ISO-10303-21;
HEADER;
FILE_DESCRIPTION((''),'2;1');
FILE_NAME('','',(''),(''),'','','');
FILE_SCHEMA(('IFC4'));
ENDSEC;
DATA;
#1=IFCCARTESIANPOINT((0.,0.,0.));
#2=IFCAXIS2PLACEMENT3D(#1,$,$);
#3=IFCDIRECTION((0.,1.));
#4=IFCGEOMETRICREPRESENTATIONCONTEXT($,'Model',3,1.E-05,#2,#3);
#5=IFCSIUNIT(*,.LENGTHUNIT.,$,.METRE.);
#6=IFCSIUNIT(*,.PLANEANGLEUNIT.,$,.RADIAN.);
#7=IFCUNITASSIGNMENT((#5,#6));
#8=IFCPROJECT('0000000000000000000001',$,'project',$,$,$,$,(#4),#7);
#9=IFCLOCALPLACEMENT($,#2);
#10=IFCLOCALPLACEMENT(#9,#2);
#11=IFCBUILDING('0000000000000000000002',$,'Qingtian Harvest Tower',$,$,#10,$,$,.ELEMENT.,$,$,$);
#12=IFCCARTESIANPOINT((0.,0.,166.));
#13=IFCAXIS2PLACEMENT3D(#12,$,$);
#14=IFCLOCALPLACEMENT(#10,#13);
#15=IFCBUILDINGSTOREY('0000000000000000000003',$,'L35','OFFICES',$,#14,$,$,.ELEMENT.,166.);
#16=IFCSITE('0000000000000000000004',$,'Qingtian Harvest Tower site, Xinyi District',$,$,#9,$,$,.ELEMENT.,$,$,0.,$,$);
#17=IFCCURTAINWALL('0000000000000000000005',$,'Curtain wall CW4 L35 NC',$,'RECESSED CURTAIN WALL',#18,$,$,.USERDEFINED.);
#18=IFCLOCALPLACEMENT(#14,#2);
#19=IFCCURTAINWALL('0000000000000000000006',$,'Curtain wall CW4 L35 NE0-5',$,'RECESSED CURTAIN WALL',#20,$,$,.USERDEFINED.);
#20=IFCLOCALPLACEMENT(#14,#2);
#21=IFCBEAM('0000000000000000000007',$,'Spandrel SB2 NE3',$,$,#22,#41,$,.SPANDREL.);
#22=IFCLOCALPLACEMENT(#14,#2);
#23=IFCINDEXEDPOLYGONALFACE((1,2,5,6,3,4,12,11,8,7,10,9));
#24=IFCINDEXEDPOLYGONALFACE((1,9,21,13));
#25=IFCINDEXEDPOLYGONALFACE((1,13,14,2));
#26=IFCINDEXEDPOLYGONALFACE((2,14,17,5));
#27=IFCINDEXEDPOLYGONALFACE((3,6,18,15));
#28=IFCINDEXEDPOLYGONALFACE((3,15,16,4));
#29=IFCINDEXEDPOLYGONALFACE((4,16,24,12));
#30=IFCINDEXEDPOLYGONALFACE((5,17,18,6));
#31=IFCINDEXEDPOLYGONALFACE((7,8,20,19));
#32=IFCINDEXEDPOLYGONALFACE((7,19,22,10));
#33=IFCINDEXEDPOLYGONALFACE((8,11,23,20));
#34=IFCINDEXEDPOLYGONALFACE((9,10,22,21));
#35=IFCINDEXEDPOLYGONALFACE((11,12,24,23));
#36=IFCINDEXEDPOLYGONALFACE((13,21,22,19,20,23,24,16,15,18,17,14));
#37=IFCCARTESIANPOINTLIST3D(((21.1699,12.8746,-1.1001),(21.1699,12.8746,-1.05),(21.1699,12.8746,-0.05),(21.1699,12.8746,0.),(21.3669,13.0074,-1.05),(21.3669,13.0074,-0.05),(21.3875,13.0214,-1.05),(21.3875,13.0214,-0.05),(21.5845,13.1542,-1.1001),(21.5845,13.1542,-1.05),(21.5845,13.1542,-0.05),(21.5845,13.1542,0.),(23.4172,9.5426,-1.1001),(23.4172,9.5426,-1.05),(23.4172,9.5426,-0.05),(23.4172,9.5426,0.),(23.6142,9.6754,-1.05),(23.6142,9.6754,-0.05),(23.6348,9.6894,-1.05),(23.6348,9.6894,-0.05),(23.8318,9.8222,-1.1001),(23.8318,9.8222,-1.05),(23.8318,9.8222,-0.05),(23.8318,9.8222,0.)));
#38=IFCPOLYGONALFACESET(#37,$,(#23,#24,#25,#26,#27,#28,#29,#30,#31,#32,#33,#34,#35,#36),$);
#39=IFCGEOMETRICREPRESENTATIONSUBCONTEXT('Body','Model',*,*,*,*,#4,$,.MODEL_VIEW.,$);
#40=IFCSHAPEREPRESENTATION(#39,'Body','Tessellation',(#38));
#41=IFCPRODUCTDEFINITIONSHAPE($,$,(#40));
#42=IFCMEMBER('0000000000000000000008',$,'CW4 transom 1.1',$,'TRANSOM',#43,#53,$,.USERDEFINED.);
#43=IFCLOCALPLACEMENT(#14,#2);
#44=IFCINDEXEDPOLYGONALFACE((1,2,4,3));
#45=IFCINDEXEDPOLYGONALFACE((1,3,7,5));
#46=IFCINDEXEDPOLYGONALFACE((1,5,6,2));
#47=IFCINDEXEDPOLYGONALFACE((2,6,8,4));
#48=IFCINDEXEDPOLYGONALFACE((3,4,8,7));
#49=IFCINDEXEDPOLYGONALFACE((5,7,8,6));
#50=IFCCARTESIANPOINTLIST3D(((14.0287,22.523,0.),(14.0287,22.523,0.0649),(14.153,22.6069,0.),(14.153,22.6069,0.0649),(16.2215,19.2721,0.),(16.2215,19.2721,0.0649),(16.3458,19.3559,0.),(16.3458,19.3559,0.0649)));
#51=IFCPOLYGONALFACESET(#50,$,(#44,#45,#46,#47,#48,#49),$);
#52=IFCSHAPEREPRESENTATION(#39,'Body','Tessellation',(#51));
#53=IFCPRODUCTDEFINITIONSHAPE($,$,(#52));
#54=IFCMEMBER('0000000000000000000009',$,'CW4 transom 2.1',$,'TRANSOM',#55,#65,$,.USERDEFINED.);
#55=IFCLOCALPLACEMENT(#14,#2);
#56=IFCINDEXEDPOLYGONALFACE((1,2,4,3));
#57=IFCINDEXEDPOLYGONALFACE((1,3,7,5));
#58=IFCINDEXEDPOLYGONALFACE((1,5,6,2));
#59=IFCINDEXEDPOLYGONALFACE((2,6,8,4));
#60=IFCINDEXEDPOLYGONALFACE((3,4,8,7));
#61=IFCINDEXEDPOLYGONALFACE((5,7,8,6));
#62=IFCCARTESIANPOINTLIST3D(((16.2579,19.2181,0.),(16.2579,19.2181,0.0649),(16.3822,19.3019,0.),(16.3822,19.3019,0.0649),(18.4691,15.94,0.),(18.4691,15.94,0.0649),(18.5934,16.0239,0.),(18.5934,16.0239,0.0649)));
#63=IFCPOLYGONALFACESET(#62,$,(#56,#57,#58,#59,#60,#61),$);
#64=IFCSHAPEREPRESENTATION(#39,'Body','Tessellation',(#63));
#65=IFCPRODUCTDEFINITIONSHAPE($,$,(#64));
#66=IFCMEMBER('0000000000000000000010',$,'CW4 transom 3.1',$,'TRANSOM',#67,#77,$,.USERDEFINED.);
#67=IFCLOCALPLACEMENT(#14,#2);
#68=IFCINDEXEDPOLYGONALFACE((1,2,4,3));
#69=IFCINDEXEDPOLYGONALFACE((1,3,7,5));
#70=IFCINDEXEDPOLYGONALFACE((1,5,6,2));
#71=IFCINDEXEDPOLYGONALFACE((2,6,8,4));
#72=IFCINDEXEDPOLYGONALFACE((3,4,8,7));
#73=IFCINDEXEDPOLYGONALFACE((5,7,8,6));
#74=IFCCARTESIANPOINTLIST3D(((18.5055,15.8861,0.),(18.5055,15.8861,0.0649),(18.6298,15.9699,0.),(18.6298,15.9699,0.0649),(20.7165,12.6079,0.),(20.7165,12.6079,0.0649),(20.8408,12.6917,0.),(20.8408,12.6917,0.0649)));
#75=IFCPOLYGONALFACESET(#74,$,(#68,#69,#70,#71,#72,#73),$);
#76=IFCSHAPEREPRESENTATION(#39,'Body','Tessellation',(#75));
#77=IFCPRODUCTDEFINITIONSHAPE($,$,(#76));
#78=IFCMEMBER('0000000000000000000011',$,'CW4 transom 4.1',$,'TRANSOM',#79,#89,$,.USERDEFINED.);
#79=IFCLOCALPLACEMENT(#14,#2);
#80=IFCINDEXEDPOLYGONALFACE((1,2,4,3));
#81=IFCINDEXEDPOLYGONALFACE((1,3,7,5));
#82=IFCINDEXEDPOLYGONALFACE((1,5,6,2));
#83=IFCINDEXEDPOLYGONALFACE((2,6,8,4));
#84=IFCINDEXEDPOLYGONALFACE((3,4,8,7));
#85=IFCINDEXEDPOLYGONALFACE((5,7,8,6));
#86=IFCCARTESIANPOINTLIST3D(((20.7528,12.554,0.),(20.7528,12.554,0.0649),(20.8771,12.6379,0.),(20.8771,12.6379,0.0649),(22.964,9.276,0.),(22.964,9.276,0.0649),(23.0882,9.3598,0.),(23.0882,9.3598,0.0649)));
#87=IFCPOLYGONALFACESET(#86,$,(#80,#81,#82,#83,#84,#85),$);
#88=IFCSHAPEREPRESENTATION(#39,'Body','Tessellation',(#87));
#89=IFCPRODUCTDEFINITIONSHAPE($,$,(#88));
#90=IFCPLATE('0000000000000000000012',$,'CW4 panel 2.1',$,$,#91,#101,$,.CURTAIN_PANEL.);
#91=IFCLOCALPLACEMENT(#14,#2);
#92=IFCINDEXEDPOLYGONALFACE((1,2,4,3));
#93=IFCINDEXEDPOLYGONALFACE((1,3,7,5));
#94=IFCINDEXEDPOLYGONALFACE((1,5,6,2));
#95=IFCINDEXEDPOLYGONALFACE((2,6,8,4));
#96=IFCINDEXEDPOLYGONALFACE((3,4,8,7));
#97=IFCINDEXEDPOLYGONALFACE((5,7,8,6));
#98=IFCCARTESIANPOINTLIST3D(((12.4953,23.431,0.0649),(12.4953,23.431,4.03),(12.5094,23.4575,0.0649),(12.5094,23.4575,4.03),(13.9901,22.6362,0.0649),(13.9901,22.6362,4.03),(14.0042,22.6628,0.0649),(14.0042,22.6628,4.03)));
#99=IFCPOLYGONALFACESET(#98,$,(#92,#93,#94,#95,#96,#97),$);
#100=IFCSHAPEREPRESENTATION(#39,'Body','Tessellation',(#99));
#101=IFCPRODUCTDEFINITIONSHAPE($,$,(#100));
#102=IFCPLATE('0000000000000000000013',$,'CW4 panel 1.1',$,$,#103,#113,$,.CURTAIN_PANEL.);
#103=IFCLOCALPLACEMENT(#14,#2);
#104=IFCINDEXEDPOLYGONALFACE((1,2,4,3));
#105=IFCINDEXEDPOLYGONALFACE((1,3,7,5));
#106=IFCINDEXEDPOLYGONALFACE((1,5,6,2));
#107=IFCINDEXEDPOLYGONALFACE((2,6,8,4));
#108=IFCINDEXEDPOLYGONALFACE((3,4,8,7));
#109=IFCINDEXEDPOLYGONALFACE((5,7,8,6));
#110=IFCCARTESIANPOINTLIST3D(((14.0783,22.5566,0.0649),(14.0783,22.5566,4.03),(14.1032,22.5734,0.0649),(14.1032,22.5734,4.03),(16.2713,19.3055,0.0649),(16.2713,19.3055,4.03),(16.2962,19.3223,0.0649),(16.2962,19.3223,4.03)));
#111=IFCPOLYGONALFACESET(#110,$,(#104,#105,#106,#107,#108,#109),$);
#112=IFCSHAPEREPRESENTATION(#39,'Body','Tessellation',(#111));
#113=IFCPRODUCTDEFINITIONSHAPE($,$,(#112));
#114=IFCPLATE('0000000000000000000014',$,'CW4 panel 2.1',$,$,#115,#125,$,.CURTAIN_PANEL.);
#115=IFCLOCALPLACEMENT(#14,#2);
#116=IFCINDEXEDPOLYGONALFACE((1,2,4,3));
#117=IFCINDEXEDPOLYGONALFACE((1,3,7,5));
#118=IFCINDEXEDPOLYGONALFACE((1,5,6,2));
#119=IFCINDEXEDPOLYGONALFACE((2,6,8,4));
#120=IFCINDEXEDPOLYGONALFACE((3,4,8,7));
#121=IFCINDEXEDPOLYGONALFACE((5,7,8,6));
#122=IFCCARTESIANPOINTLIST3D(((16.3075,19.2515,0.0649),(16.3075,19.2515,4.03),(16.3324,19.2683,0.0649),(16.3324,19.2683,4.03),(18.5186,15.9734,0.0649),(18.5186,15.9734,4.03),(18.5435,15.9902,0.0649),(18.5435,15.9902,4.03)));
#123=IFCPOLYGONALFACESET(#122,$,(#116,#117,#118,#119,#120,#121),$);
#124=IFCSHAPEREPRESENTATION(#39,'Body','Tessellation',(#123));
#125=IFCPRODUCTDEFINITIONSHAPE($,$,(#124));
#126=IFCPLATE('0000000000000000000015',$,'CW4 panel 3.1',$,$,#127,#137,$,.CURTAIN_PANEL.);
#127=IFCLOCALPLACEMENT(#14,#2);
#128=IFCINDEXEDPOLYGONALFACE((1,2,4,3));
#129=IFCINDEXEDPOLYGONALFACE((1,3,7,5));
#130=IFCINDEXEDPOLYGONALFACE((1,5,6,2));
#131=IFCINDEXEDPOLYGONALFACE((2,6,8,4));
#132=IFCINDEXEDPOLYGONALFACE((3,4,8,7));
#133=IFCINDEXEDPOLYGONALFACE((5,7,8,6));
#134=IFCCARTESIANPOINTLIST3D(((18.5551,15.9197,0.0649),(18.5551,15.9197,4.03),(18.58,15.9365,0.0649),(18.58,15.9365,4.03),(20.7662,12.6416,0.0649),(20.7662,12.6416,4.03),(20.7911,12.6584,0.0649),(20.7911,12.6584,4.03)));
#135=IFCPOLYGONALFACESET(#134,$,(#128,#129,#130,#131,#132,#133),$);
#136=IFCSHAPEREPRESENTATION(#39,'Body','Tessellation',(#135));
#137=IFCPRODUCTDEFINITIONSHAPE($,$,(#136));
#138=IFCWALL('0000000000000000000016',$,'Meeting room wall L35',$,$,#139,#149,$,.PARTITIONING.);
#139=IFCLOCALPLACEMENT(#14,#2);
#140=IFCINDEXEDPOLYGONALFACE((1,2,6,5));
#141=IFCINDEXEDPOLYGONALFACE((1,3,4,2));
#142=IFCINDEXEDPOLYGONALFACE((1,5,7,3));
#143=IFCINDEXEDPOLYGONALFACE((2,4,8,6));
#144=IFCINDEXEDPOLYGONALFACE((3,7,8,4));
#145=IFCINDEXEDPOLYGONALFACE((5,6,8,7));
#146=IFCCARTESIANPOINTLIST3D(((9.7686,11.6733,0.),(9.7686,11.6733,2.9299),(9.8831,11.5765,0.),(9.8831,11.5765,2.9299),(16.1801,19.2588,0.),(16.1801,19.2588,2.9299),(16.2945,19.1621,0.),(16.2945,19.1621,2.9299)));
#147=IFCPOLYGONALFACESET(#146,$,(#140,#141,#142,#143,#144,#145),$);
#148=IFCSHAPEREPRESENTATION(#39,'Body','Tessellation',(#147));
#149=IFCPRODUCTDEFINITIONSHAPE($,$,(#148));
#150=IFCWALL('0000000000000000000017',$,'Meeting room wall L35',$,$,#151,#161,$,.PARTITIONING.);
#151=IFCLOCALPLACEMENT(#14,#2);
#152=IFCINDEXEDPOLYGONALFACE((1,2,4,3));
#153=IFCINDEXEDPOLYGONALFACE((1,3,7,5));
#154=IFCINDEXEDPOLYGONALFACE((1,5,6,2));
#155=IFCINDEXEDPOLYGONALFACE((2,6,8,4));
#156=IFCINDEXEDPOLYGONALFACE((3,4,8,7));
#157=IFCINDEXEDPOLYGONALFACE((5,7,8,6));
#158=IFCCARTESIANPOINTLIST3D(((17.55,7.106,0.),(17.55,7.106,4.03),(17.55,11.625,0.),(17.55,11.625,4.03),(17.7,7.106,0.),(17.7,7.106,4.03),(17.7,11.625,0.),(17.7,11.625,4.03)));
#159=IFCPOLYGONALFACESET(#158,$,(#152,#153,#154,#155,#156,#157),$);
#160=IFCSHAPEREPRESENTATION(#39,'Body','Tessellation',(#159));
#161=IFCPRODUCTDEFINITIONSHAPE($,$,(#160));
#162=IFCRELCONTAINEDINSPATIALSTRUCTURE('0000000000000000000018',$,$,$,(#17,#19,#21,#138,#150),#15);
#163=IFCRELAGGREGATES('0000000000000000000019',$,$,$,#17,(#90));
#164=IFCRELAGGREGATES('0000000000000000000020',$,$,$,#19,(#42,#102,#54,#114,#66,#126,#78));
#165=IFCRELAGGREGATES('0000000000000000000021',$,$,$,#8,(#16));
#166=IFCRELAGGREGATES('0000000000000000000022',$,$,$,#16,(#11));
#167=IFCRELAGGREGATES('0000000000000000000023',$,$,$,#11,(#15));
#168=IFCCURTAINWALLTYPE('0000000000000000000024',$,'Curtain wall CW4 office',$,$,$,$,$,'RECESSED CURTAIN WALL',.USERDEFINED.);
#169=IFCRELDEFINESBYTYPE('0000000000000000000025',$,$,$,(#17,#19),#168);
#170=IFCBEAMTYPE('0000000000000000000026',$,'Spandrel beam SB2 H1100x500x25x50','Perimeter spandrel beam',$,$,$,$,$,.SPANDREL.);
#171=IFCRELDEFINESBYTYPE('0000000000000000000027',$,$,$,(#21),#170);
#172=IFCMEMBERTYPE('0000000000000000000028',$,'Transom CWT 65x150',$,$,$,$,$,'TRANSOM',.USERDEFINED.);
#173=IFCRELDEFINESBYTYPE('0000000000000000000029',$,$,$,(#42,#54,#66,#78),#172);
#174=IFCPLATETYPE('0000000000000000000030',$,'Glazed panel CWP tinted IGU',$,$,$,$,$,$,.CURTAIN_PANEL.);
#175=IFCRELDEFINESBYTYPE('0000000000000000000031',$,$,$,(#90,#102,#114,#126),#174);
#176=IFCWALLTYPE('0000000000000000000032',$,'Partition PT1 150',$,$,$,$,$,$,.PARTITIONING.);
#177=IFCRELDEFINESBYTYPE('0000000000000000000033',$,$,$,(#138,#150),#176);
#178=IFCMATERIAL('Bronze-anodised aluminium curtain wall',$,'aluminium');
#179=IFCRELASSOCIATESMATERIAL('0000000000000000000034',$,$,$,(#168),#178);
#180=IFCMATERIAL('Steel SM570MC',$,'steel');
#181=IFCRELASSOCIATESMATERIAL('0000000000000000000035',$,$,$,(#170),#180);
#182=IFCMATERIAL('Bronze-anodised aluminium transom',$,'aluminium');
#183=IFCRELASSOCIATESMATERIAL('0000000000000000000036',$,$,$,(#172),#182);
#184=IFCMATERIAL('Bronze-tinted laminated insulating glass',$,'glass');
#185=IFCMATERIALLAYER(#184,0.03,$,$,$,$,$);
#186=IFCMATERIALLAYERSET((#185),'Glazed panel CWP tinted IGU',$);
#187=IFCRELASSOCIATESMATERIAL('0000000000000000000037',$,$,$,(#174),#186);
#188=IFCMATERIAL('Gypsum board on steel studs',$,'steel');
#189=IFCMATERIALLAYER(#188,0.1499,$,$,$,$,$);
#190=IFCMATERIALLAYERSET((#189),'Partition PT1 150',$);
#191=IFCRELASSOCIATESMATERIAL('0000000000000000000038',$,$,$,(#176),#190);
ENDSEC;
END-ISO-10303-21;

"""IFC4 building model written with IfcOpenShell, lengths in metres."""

from ifc_helpers import new_model, si_unit, direction, frame, frame_2d, origin, origin_2d, place, context, subcontext, project, spatial, rectangle, i_section, extrude, material, layer, layer_set, material_profile, profile_set, type_object, element, aggregate, save


model = new_model("IFC4")

# Units and contexts
model_context = context("Model", 3, precision=1e-05, world=origin(), true_north=direction((0.0, 1.0)))
body_context = subcontext(model_context, "Body", "Model", "MODEL_VIEW")
ifc_project = project(units=[si_unit("LENGTHUNIT", "METRE"), si_unit("PLANEANGLEUNIT", "RADIAN")], contexts=[model_context])

# Site, building, storey
site_placement = place(None, origin())
site = spatial("IfcSite", under=ifc_project, at=site_placement, Name="Qingtian Harvest Tower site, Xinyi District", CompositionType="ELEMENT", RefElevation=0.0)
building_placement = place(site_placement, origin())
building = spatial("IfcBuilding", under=site, at=building_placement, Name="Qingtian Harvest Tower", CompositionType="ELEMENT")
storey_placement = place(building_placement, frame((0.0, 0.0, 166.0)))
storey = spatial("IfcBuildingStorey", under=building, at=storey_placement, Name="L35", Description="OFFICES", CompositionType="ELEMENT", Elevation=166.0)

# Curtain wall
ifc_material_1 = material(Name="Bronze-anodised aluminium curtain wall", Category="aluminium")
curtain_wall_type = type_object("IfcCurtainWallType", Name="Curtain wall CW4 office", ElementType="RECESSED CURTAIN WALL", PredefinedType="USERDEFINED", material=ifc_material_1)
curtain_wall_1_placement = place(storey_placement, origin())
curtain_wall_1 = element("IfcCurtainWall", 1, at=curtain_wall_1_placement, inside=storey, type_object=curtain_wall_type, Name="Curtain wall CW4 L35 NC", ObjectType="RECESSED CURTAIN WALL", PredefinedType="USERDEFINED")

# Curtain wall
curtain_wall_2_placement = place(storey_placement, origin())
curtain_wall_2 = element("IfcCurtainWall", 2, at=curtain_wall_2_placement, inside=storey, type_object=curtain_wall_type, Name="Curtain wall CW4 L35 NE0-5", ObjectType="RECESSED CURTAIN WALL", PredefinedType="USERDEFINED")

# Beam
ifc_material_2 = material(Name="Steel SM570MC", Category="steel")
ifc_material_profile_1 = material_profile(ifc_material_2, i_section(OverallWidth=0.5, OverallDepth=1.1001, WebThickness=0.0249, FlangeThickness=0.05, at=origin_2d()), Name="H1100x500x25x50")
ifc_profile_set_1 = profile_set([ifc_material_profile_1], Name="Steel SM570MC")
beam_type_1 = type_object("IfcBeamType", Name="Spandrel beam SB2 H1100x500x25x50", Description="Perimeter spandrel beam", PredefinedType="SPANDREL", material=ifc_profile_set_1)
beam_1_placement = place(storey_placement, frame((21.3772, 13.0144, -0.55), z_axis=(0.559164, -0.829057, 0.0), x_axis=(0.829057, 0.559164, 0.0)))
element("IfcBeam", 3, at=beam_1_placement, inside=storey, type_object=beam_type_1, Name="Spandrel SB2 NE3", PredefinedType="SPANDREL", context=body_context, shape_type="SweptSolid", body=[
    extrude(i_section(OverallWidth=0.5, OverallDepth=1.1001, WebThickness=0.0249, FlangeThickness=0.05, at=origin_2d()), origin(), (0.0, 0.0, 1.0), 4.019),
])

# Members
ifc_material_3 = material(Name="Bronze-anodised aluminium transom", Category="aluminium")
ifc_material_profile_2 = material_profile(ifc_material_3, rectangle(XDim=0.1499, YDim=0.0649, at=origin_2d()), Name="AL 65x150")
ifc_profile_set_2 = profile_set([ifc_material_profile_2], Name="Bronze-anodised aluminium transom")
member_type_1 = type_object("IfcMemberType", Name="Transom CWT 65x150", ElementType="TRANSOM", PredefinedType="USERDEFINED", material=ifc_profile_set_2)
member_1_placement = place(storey_placement, frame((14.0908, 22.5649, 0.0325), z_axis=(0.559203, -0.829031, 0.0), x_axis=(0.829031, 0.559203, 0.0)))
member_1 = element("IfcMember", 4, at=member_1_placement, type_object=member_type_1, Name="CW4 transom 1.1", ObjectType="TRANSOM", PredefinedType="USERDEFINED", context=body_context, shape_type="SweptSolid", body=[
    extrude(rectangle(XDim=0.1499, YDim=0.0649, at=origin_2d()), origin(), (0.0, 0.0, 1.0), 3.9214),
])
member_2_placement = place(storey_placement, frame((16.3201, 19.26, 0.0325), z_axis=(0.559209, -0.829027, 0.0), x_axis=(0.829027, 0.559209, 0.0)))
member_2 = element("IfcMember", 5, at=member_2_placement, type_object=member_type_1, Name="CW4 transom 2.1", ObjectType="TRANSOM", PredefinedType="USERDEFINED", context=body_context, shape_type="SweptSolid", body=[
    extrude(rectangle(XDim=0.1499, YDim=0.0649, at=origin_2d()), origin(), (0.0, 0.0, 1.0), 3.9541),
])
member_3_placement = place(storey_placement, frame((18.5676, 15.928, 0.0325), z_axis=(0.559166, -0.829055, 0.0), x_axis=(0.829055, 0.559166, 0.0)))
member_3 = element("IfcMember", 6, at=member_3_placement, type_object=member_type_1, Name="CW4 transom 3.1", ObjectType="TRANSOM", PredefinedType="USERDEFINED", context=body_context, shape_type="SweptSolid", body=[
    extrude(rectangle(XDim=0.1499, YDim=0.0649, at=origin_2d()), origin(), (0.0, 0.0, 1.0), 3.9541),
])
member_4_placement = place(storey_placement, frame((20.8149, 12.5959, 0.0325), z_axis=(0.559209, -0.829027, 0.0), x_axis=(0.829027, 0.559209, 0.0)))
member_4 = element("IfcMember", 7, at=member_4_placement, type_object=member_type_1, Name="CW4 transom 4.1", ObjectType="TRANSOM", PredefinedType="USERDEFINED", context=body_context, shape_type="SweptSolid", body=[
    extrude(rectangle(XDim=0.1499, YDim=0.0649, at=origin_2d()), origin(), (0.0, 0.0, 1.0), 3.9541),
])

# Plates
ifc_material_4 = material(Name="Bronze-tinted laminated insulating glass", Category="glass")
ifc_layer_1 = layer(ifc_material_4, 0.03)
ifc_layer_set_1 = layer_set([ifc_layer_1], Name="Glazed panel CWP tinted IGU")
plate_type = type_object("IfcPlateType", Name="Glazed panel CWP tinted IGU", PredefinedType="CURTAIN_PANEL", material=ifc_layer_set_1)
plate_1_placement = place(storey_placement, frame((13.2498, 23.0469, 0.0649), z_axis=(0.0, 0.0, 1.0), x_axis=(0.882948, -0.469472, 0.0)))
plate_1 = element("IfcPlate", 8, at=plate_1_placement, type_object=plate_type, Name="CW4 panel 2.1", PredefinedType="CURTAIN_PANEL", context=body_context, shape_type="SweptSolid", body=[
    extrude(rectangle(XDim=1.6929, YDim=0.03, at=origin_2d()), origin(), (0.0, 0.0, 1.0), 3.9651),
])
aggregate(curtain_wall_1, [plate_1])
plate_2_placement = place(storey_placement, frame((15.1873, 20.9395, 0.0649), z_axis=(0.0, 0.0, 1.0), x_axis=(0.559193, -0.829038, 0.0)))
plate_2 = element("IfcPlate", 9, at=plate_2_placement, type_object=plate_type, Name="CW4 panel 1.1", PredefinedType="CURTAIN_PANEL", context=body_context, shape_type="SweptSolid", body=[
    extrude(rectangle(XDim=3.9216, YDim=0.03, at=origin_2d()), origin(), (0.0, 0.0, 1.0), 3.9651),
])
plate_3_placement = place(storey_placement, frame((17.4255, 17.6208, 0.0649), z_axis=(0.0, 0.0, 1.0), x_axis=(0.559193, -0.829038, 0.0)))
plate_3 = element("IfcPlate", 10, at=plate_3_placement, type_object=plate_type, Name="CW4 panel 2.1", PredefinedType="CURTAIN_PANEL", context=body_context, shape_type="SweptSolid", body=[
    extrude(rectangle(XDim=3.9541, YDim=0.03, at=origin_2d()), origin(), (0.0, 0.0, 1.0), 3.9651),
])
plate_4_placement = place(storey_placement, frame((19.6731, 14.2891, 0.0649), z_axis=(0.0, 0.0, 1.0), x_axis=(0.559193, -0.829038, 0.0)))
plate_4 = element("IfcPlate", 11, at=plate_4_placement, type_object=plate_type, Name="CW4 panel 3.1", PredefinedType="CURTAIN_PANEL", context=body_context, shape_type="SweptSolid", body=[
    extrude(rectangle(XDim=3.9541, YDim=0.03, at=origin_2d()), origin(), (0.0, 0.0, 1.0), 3.9651),
])
aggregate(curtain_wall_2, [member_1, plate_2, member_2, plate_3, member_3, plate_4, member_4])

# Walls
ifc_material_5 = material(Name="Gypsum board on steel studs", Category="steel")
ifc_layer_2 = layer(ifc_material_5, 0.1499)
ifc_layer_set_2 = layer_set([ifc_layer_2], Name="Partition PT1 150")
wall_type = type_object("IfcWallType", Name="Partition PT1 150", PredefinedType="PARTITIONING", material=ifc_layer_set_2)
wall_1_placement = place(storey_placement, frame((16.2373, 19.2104, 0.0), z_axis=(0.0, 0.0, 1.0), x_axis=(-0.645527, -0.763738, 0.0)))
element("IfcWall", 12, at=wall_1_placement, inside=storey, type_object=wall_type, Name="Meeting room wall L35", PredefinedType="PARTITIONING", context=body_context, shape_type="SweptSolid", body=[
    extrude(rectangle(XDim=9.9321, YDim=0.1499, at=frame_2d((4.9661, 0.0))), origin(), (0.0, 0.0, 1.0), 2.9299),
])
wall_2_placement = place(storey_placement, frame((17.625, 11.625, 0.0), z_axis=(0.0, 0.0, 1.0), x_axis=(0.0, -1.0, 0.0)))
element("IfcWall", 13, at=wall_2_placement, inside=storey, type_object=wall_type, Name="Meeting room wall L35", PredefinedType="PARTITIONING", context=body_context, shape_type="SweptSolid", body=[
    extrude(rectangle(XDim=4.519, YDim=0.1499, at=frame_2d((2.2595, 0.0))), origin(), (0.0, 0.0, 1.0), 4.03),
])

save(model, "model.ifc")
